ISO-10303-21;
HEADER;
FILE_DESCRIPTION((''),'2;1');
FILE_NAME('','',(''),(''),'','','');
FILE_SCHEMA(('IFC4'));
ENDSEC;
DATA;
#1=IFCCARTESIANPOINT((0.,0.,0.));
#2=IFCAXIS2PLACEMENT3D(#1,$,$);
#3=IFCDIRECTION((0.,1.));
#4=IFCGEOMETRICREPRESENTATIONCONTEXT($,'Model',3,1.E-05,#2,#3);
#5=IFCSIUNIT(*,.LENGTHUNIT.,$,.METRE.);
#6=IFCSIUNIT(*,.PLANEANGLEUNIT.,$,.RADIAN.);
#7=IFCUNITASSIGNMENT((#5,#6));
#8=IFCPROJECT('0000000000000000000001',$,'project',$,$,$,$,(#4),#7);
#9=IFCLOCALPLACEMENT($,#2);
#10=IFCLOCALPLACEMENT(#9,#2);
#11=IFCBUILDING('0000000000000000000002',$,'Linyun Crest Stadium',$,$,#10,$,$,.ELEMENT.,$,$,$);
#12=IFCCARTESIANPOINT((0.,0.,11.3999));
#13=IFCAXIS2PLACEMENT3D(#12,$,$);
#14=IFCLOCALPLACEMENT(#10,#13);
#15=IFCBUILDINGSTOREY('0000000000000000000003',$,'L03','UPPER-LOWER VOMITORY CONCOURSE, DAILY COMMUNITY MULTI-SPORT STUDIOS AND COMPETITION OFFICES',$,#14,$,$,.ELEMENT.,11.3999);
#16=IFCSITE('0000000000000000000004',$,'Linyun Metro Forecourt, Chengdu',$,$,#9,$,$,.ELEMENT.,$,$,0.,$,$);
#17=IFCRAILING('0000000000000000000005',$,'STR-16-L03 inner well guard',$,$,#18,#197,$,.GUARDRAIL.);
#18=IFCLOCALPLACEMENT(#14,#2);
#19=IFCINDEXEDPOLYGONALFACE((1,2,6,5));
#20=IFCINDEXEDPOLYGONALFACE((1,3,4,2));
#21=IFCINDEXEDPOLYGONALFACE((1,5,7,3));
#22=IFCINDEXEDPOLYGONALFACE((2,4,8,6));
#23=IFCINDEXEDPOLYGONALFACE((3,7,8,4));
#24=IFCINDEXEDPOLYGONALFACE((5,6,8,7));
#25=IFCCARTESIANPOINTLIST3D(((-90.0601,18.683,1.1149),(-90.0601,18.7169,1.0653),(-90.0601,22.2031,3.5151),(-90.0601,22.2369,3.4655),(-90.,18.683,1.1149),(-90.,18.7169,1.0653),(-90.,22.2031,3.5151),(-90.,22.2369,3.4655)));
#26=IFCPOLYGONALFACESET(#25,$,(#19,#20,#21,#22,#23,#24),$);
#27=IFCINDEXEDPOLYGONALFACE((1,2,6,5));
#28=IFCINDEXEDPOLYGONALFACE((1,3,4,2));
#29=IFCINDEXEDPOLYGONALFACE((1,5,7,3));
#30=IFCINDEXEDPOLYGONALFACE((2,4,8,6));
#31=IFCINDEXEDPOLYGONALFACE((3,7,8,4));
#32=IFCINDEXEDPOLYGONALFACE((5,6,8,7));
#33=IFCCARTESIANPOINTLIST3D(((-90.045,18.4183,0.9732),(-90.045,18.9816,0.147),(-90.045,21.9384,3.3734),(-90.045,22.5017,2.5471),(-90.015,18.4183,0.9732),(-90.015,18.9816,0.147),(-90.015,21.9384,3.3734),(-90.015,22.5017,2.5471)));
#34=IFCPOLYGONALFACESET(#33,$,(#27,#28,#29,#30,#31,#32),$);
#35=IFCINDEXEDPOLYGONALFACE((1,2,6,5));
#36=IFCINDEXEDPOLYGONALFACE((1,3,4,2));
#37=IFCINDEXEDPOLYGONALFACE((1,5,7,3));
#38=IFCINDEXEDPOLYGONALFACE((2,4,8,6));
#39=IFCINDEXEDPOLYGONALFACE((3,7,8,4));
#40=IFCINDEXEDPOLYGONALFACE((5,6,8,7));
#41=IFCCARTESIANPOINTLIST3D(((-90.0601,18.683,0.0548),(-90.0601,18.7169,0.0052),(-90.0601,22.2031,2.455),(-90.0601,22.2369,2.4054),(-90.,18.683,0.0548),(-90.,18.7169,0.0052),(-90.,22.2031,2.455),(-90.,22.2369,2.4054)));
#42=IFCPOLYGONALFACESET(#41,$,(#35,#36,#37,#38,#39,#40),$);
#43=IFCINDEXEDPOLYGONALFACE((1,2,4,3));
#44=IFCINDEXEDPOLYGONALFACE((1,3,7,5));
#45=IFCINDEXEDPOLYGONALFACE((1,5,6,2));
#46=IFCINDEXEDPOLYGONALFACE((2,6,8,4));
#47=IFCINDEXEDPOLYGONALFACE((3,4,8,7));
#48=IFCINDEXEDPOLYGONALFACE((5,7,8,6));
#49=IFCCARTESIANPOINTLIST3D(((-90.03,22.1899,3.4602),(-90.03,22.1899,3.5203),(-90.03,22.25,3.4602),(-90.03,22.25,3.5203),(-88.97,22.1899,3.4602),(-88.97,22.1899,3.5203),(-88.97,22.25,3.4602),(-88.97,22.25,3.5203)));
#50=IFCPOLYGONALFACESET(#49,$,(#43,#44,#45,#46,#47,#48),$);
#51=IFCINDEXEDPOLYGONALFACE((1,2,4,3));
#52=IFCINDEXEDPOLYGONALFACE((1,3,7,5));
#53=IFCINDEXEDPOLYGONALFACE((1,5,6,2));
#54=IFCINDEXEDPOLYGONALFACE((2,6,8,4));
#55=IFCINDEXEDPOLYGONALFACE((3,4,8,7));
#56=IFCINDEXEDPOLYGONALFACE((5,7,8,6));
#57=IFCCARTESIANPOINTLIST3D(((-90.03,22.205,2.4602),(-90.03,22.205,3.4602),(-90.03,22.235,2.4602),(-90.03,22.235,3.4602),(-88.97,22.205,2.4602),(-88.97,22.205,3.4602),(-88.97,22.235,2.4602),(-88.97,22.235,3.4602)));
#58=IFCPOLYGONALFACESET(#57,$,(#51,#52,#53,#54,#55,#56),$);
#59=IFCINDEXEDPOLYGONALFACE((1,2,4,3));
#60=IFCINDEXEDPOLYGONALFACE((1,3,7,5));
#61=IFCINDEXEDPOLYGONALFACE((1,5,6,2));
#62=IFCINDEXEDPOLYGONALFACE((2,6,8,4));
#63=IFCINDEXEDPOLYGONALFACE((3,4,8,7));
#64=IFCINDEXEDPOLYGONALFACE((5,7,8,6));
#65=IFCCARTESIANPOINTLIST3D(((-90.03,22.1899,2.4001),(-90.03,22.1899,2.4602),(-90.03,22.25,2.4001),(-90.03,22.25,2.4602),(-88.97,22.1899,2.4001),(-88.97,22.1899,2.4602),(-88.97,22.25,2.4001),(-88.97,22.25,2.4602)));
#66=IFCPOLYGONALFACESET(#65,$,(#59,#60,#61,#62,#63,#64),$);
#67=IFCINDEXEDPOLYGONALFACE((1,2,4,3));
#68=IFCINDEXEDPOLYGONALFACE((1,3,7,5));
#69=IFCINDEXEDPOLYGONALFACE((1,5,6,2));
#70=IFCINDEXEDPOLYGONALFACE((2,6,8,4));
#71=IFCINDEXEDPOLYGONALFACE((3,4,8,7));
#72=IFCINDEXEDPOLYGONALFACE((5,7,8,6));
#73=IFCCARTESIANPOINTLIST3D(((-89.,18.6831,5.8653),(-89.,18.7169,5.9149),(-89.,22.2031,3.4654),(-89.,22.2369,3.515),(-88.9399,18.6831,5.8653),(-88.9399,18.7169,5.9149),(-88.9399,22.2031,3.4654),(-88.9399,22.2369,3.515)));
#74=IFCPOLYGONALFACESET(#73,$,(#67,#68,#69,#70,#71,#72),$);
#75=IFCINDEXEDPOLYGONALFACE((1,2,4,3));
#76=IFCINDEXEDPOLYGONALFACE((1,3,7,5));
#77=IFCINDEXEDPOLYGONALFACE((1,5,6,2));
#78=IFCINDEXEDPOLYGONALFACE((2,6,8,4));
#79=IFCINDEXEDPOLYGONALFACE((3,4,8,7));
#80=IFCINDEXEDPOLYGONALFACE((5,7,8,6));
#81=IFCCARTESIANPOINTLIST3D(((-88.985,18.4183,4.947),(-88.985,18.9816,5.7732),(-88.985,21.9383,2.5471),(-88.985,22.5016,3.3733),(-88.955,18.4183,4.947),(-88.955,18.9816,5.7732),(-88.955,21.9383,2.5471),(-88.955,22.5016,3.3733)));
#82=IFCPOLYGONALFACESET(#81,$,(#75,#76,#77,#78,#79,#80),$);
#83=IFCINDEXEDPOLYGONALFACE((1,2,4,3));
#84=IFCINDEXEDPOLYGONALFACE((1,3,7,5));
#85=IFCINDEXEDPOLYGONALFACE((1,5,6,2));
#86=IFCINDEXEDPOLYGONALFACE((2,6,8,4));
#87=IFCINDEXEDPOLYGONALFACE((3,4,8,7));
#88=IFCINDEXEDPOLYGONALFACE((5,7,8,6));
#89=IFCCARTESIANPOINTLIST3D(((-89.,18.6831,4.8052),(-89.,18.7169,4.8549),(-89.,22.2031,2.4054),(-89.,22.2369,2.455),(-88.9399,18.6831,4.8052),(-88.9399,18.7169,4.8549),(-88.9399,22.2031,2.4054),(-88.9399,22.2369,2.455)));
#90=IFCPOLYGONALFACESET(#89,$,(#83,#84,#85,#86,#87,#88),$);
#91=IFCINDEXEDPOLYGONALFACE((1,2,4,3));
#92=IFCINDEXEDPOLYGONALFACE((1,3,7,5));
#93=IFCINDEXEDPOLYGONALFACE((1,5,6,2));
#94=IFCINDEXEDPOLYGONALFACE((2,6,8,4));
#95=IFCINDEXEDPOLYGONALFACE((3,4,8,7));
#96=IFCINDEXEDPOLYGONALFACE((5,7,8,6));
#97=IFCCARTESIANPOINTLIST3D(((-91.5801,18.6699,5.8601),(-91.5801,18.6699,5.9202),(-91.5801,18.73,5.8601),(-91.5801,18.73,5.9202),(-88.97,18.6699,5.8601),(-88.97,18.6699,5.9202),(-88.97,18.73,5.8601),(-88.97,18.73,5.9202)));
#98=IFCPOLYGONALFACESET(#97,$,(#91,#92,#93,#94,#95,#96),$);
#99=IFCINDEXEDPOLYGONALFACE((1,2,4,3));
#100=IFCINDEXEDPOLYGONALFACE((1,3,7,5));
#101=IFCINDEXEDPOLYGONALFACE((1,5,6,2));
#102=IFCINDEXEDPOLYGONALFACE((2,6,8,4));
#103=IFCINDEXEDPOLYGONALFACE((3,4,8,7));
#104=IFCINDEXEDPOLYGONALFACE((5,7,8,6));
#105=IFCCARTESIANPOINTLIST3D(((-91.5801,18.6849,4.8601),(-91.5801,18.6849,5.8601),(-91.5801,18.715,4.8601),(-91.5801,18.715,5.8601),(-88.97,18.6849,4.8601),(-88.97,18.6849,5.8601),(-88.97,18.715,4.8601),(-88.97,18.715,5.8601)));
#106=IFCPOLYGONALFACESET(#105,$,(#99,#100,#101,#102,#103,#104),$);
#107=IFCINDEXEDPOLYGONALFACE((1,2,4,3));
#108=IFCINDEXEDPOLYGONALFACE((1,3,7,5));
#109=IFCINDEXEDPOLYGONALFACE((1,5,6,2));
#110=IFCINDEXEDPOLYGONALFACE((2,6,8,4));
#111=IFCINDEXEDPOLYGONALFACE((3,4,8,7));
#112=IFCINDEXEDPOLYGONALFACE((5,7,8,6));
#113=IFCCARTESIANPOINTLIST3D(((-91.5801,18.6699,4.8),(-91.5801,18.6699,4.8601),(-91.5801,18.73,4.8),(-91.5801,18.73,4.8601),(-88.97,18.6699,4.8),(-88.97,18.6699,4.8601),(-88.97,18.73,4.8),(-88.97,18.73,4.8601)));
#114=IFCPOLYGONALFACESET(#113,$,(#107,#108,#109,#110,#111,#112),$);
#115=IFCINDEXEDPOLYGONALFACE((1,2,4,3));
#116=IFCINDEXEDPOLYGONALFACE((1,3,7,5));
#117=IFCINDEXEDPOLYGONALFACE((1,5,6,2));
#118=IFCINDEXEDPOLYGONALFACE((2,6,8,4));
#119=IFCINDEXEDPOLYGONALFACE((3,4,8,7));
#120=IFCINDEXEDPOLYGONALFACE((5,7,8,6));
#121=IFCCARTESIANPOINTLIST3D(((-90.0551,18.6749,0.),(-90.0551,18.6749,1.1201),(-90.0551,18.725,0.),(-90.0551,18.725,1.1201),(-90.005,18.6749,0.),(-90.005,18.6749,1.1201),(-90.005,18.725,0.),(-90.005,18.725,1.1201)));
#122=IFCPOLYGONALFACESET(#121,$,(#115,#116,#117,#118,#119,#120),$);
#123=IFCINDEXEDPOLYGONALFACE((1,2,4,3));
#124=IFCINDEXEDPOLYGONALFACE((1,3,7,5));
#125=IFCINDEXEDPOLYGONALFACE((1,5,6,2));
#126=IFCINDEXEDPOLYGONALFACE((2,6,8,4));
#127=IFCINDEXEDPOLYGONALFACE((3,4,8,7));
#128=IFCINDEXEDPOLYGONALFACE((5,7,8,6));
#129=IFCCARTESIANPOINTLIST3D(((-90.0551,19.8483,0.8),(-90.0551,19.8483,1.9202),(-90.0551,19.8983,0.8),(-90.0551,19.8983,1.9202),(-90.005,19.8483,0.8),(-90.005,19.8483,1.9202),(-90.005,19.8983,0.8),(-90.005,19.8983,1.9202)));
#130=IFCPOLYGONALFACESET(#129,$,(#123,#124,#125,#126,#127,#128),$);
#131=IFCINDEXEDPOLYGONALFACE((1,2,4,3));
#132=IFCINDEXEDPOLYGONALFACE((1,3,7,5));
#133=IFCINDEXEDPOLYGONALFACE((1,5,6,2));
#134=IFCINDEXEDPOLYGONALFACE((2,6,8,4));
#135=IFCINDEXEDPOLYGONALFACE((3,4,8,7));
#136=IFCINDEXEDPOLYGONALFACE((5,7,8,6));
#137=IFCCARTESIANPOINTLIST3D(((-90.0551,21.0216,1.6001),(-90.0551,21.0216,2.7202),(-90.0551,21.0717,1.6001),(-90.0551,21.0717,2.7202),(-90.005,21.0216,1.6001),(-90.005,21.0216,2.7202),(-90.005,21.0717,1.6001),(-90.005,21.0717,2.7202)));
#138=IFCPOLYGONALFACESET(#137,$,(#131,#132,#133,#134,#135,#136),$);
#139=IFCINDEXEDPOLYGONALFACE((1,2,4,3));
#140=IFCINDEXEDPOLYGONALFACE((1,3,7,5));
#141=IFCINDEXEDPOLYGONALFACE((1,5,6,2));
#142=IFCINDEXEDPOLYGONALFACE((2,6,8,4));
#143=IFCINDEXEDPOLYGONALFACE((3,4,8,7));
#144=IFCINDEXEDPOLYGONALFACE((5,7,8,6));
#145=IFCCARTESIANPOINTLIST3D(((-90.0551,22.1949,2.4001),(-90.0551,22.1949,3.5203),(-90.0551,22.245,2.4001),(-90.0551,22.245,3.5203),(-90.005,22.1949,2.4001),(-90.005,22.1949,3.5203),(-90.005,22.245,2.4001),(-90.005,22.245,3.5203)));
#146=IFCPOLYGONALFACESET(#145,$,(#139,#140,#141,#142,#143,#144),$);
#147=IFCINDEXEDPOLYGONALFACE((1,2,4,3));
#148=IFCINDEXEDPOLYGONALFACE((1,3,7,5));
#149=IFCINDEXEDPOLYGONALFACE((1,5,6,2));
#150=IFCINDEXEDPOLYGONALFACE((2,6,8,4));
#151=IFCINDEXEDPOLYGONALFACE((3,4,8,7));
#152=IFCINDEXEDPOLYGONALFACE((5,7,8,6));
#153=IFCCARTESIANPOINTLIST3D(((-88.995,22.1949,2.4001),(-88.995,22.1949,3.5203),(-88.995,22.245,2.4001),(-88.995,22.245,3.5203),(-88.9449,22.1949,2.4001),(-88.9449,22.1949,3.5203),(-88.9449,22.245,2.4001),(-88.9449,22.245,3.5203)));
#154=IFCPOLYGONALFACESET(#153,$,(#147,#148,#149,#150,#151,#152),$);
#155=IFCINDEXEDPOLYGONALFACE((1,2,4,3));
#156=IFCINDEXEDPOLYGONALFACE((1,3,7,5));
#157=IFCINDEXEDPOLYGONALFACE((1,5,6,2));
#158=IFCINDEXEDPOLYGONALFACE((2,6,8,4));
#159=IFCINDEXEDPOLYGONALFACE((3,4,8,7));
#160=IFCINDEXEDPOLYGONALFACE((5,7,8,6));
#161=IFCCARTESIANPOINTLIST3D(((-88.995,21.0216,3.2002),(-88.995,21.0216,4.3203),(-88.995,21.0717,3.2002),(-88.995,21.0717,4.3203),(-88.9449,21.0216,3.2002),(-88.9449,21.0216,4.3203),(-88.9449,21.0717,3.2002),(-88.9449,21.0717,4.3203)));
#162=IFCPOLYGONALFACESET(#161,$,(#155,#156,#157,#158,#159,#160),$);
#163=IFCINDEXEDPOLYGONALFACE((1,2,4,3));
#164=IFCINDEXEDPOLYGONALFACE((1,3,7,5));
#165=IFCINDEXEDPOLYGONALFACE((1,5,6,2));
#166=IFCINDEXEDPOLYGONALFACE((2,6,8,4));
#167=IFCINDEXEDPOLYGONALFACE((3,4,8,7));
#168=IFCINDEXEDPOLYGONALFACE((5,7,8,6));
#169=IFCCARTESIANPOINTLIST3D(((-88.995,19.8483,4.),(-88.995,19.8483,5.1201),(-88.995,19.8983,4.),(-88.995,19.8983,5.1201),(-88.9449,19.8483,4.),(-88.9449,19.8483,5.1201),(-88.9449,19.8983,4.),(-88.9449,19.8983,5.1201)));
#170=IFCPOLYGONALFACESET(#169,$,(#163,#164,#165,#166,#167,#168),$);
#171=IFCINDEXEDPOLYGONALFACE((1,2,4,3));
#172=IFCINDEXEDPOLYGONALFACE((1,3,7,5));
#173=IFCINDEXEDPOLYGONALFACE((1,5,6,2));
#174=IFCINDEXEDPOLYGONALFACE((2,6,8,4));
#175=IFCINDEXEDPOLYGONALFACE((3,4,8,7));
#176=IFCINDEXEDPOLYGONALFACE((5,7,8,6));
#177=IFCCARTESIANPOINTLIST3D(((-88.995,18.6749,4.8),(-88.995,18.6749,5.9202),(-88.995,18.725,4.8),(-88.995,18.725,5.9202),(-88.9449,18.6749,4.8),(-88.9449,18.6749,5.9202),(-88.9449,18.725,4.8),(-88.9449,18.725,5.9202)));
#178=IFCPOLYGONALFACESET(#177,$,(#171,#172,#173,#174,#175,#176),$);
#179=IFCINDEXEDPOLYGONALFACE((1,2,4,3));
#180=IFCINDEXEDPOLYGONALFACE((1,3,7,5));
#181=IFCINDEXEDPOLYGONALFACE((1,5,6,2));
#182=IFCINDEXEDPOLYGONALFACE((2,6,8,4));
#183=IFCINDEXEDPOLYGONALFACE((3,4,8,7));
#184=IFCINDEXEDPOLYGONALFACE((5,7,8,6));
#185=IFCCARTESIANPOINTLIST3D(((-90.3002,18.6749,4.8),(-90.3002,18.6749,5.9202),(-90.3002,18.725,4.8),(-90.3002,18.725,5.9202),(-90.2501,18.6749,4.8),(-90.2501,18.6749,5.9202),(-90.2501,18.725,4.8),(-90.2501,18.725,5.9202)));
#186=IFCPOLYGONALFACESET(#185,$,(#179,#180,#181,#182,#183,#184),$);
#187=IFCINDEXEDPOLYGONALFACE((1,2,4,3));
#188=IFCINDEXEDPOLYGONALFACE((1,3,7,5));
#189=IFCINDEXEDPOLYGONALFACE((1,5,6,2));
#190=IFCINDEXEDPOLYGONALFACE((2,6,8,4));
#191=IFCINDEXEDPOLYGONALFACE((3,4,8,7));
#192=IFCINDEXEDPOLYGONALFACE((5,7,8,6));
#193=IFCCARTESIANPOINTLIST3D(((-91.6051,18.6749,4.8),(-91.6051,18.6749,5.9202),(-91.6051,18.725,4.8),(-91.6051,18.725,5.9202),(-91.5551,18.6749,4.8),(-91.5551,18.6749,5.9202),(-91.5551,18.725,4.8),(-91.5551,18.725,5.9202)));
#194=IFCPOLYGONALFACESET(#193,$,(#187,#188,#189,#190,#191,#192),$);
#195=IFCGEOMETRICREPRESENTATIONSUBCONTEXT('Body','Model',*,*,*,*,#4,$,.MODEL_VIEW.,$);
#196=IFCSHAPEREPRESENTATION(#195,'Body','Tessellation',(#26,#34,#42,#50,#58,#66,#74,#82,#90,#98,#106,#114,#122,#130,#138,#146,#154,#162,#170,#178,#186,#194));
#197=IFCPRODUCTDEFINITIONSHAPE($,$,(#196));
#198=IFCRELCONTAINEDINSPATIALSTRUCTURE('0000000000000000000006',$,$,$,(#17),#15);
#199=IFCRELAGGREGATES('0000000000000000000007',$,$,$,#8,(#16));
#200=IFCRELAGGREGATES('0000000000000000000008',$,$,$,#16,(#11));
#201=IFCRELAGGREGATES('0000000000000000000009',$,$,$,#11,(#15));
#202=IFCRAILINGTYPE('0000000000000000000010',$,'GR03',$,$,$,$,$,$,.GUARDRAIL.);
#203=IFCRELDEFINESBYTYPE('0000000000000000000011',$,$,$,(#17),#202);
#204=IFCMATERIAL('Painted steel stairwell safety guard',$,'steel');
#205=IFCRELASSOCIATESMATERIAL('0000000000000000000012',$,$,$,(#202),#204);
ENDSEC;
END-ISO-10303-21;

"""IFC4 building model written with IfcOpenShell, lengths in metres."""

from ifc_helpers import new_model, si_unit, direction, frame, origin, origin_2d, place, context, subcontext, project, spatial, rectangle, extrude, material, type_object, element, save


model = new_model("IFC4")

# Units and contexts
model_context = context("Model", 3, precision=1e-05, world=origin(), true_north=direction((0.0, 1.0)))
body_context = subcontext(model_context, "Body", "Model", "MODEL_VIEW")
ifc_project = project(units=[si_unit("LENGTHUNIT", "METRE"), si_unit("PLANEANGLEUNIT", "RADIAN")], contexts=[model_context])

# Site, building, storey
site_placement = place(None, origin())
site = spatial("IfcSite", under=ifc_project, at=site_placement, Name="Linyun Metro Forecourt, Chengdu", CompositionType="ELEMENT", RefElevation=0.0)
building_placement = place(site_placement, origin())
building = spatial("IfcBuilding", under=site, at=building_placement, Name="Linyun Crest Stadium", CompositionType="ELEMENT")
storey_placement = place(building_placement, frame((0.0, 0.0, 11.3999)))
storey = spatial("IfcBuildingStorey", under=building, at=storey_placement, Name="L03", Description="UPPER-LOWER VOMITORY CONCOURSE, DAILY COMMUNITY MULTI-SPORT STUDIOS AND COMPETITION OFFICES", CompositionType="ELEMENT", Elevation=11.3999)

# Railing
ifc_material_1 = material(Name="Painted steel stairwell safety guard", Category="steel")
railing_type_1 = type_object("IfcRailingType", Name="GR03", PredefinedType="GUARDRAIL", material=ifc_material_1)
railing_1_placement = place(storey_placement, frame((-90.03, 18.7, 0.0)))
element("IfcRailing", 1, at=railing_1_placement, inside=storey, type_object=railing_type_1, Name="STR-16-L03 inner well guard", PredefinedType="GUARDRAIL", context=body_context, shape_type="SweptSolid", body=[
    extrude(rectangle(XDim=0.0601, YDim=0.0601, at=origin_2d()), frame((0.0, 0.0, 1.0901), z_axis=(0.0, 0.826213, 0.563358), x_axis=(-1.0, 0.0, 0.0)), (0.0, 0.0, 1.0), 4.2605),
    extrude(rectangle(XDim=0.03, YDim=1.0, at=origin_2d()), frame((0.0, 0.0, 0.5601), z_axis=(0.0, 0.826213, 0.563358), x_axis=(-1.0, 0.0, 0.0)), (0.0, 0.0, 1.0), 4.2605),
    extrude(rectangle(XDim=0.0601, YDim=0.0601, at=origin_2d()), frame((0.0, 0.0, 0.03), z_axis=(0.0, 0.826213, 0.563358), x_axis=(-1.0, 0.0, 0.0)), (0.0, 0.0, 1.0), 4.2605),
    extrude(rectangle(XDim=0.0601, YDim=0.0601, at=origin_2d()), frame((0.0, 3.52, 3.4902), z_axis=(1.0, 0.0, 0.0), x_axis=(0.0, 1.0, 0.0)), (0.0, 0.0, 1.0), 1.0601),
    extrude(rectangle(XDim=0.03, YDim=1.0, at=origin_2d()), frame((0.0, 3.52, 2.9602), z_axis=(1.0, 0.0, 0.0), x_axis=(0.0, 1.0, 0.0)), (0.0, 0.0, 1.0), 1.0601),
    extrude(rectangle(XDim=0.0601, YDim=0.0601, at=origin_2d()), frame((0.0, 3.52, 2.4302), z_axis=(1.0, 0.0, 0.0), x_axis=(0.0, 1.0, 0.0)), (0.0, 0.0, 1.0), 1.0601),
    extrude(rectangle(XDim=0.0601, YDim=0.0601, at=origin_2d()), frame((1.0601, 3.52, 3.4902), z_axis=(0.0, -0.826239, 0.563319), x_axis=(1.0, 0.0, 0.0)), (0.0, 0.0, 1.0), 4.2603),
    extrude(rectangle(XDim=0.03, YDim=1.0, at=origin_2d()), frame((1.0601, 3.52, 2.9602), z_axis=(0.0, -0.826239, 0.563319), x_axis=(1.0, 0.0, 0.0)), (0.0, 0.0, 1.0), 4.2603),
    extrude(rectangle(XDim=0.0601, YDim=0.0601, at=origin_2d()), frame((1.0601, 3.52, 2.4302), z_axis=(0.0, -0.826239, 0.563319), x_axis=(1.0, 0.0, 0.0)), (0.0, 0.0, 1.0), 4.2603),
    extrude(rectangle(XDim=0.0601, YDim=0.0601, at=origin_2d()), frame((1.0601, 0.0, 5.8901), z_axis=(-1.0, 0.0, 0.0), x_axis=(0.0, -1.0, 0.0)), (0.0, 0.0, 1.0), 2.6101),
    extrude(rectangle(XDim=0.03, YDim=1.0, at=origin_2d()), frame((1.0601, 0.0, 5.3601), z_axis=(-1.0, 0.0, 0.0), x_axis=(0.0, -1.0, 0.0)), (0.0, 0.0, 1.0), 2.6101),
    extrude(rectangle(XDim=0.0601, YDim=0.0601, at=origin_2d()), frame((1.0601, 0.0, 4.8301), z_axis=(-1.0, 0.0, 0.0), x_axis=(0.0, -1.0, 0.0)), (0.0, 0.0, 1.0), 2.6101),
    extrude(rectangle(XDim=0.05, YDim=0.05, at=origin_2d()), origin(), (0.0, 0.0, 1.0), 1.1201),
    extrude(rectangle(XDim=0.05, YDim=0.05, at=origin_2d()), frame((0.0, 1.1733, 0.8)), (0.0, 0.0, 1.0), 1.1201),
    extrude(rectangle(XDim=0.05, YDim=0.05, at=origin_2d()), frame((0.0, 2.3467, 1.6001)), (0.0, 0.0, 1.0), 1.1201),
    extrude(rectangle(XDim=0.05, YDim=0.05, at=origin_2d()), frame((0.0, 3.52, 2.4001)), (0.0, 0.0, 1.0), 1.1201),
    extrude(rectangle(XDim=0.05, YDim=0.05, at=origin_2d()), frame((1.0601, 3.52, 2.4001)), (0.0, 0.0, 1.0), 1.1201),
    extrude(rectangle(XDim=0.05, YDim=0.05, at=origin_2d()), frame((1.0601, 2.3467, 3.2002)), (0.0, 0.0, 1.0), 1.1201),
    extrude(rectangle(XDim=0.05, YDim=0.05, at=origin_2d()), frame((1.0601, 1.1733, 4.0)), (0.0, 0.0, 1.0), 1.1201),
    extrude(rectangle(XDim=0.05, YDim=0.05, at=origin_2d()), frame((1.0601, 0.0, 4.8)), (0.0, 0.0, 1.0), 1.1201),
    extrude(rectangle(XDim=0.05, YDim=0.05, at=origin_2d()), frame((-0.2451, 0.0, 4.8)), (0.0, 0.0, 1.0), 1.1201),
    extrude(rectangle(XDim=0.05, YDim=0.05, at=origin_2d()), frame((-1.55, 0.0, 4.8)), (0.0, 0.0, 1.0), 1.1201),
])

save(model, "model.ifc")
